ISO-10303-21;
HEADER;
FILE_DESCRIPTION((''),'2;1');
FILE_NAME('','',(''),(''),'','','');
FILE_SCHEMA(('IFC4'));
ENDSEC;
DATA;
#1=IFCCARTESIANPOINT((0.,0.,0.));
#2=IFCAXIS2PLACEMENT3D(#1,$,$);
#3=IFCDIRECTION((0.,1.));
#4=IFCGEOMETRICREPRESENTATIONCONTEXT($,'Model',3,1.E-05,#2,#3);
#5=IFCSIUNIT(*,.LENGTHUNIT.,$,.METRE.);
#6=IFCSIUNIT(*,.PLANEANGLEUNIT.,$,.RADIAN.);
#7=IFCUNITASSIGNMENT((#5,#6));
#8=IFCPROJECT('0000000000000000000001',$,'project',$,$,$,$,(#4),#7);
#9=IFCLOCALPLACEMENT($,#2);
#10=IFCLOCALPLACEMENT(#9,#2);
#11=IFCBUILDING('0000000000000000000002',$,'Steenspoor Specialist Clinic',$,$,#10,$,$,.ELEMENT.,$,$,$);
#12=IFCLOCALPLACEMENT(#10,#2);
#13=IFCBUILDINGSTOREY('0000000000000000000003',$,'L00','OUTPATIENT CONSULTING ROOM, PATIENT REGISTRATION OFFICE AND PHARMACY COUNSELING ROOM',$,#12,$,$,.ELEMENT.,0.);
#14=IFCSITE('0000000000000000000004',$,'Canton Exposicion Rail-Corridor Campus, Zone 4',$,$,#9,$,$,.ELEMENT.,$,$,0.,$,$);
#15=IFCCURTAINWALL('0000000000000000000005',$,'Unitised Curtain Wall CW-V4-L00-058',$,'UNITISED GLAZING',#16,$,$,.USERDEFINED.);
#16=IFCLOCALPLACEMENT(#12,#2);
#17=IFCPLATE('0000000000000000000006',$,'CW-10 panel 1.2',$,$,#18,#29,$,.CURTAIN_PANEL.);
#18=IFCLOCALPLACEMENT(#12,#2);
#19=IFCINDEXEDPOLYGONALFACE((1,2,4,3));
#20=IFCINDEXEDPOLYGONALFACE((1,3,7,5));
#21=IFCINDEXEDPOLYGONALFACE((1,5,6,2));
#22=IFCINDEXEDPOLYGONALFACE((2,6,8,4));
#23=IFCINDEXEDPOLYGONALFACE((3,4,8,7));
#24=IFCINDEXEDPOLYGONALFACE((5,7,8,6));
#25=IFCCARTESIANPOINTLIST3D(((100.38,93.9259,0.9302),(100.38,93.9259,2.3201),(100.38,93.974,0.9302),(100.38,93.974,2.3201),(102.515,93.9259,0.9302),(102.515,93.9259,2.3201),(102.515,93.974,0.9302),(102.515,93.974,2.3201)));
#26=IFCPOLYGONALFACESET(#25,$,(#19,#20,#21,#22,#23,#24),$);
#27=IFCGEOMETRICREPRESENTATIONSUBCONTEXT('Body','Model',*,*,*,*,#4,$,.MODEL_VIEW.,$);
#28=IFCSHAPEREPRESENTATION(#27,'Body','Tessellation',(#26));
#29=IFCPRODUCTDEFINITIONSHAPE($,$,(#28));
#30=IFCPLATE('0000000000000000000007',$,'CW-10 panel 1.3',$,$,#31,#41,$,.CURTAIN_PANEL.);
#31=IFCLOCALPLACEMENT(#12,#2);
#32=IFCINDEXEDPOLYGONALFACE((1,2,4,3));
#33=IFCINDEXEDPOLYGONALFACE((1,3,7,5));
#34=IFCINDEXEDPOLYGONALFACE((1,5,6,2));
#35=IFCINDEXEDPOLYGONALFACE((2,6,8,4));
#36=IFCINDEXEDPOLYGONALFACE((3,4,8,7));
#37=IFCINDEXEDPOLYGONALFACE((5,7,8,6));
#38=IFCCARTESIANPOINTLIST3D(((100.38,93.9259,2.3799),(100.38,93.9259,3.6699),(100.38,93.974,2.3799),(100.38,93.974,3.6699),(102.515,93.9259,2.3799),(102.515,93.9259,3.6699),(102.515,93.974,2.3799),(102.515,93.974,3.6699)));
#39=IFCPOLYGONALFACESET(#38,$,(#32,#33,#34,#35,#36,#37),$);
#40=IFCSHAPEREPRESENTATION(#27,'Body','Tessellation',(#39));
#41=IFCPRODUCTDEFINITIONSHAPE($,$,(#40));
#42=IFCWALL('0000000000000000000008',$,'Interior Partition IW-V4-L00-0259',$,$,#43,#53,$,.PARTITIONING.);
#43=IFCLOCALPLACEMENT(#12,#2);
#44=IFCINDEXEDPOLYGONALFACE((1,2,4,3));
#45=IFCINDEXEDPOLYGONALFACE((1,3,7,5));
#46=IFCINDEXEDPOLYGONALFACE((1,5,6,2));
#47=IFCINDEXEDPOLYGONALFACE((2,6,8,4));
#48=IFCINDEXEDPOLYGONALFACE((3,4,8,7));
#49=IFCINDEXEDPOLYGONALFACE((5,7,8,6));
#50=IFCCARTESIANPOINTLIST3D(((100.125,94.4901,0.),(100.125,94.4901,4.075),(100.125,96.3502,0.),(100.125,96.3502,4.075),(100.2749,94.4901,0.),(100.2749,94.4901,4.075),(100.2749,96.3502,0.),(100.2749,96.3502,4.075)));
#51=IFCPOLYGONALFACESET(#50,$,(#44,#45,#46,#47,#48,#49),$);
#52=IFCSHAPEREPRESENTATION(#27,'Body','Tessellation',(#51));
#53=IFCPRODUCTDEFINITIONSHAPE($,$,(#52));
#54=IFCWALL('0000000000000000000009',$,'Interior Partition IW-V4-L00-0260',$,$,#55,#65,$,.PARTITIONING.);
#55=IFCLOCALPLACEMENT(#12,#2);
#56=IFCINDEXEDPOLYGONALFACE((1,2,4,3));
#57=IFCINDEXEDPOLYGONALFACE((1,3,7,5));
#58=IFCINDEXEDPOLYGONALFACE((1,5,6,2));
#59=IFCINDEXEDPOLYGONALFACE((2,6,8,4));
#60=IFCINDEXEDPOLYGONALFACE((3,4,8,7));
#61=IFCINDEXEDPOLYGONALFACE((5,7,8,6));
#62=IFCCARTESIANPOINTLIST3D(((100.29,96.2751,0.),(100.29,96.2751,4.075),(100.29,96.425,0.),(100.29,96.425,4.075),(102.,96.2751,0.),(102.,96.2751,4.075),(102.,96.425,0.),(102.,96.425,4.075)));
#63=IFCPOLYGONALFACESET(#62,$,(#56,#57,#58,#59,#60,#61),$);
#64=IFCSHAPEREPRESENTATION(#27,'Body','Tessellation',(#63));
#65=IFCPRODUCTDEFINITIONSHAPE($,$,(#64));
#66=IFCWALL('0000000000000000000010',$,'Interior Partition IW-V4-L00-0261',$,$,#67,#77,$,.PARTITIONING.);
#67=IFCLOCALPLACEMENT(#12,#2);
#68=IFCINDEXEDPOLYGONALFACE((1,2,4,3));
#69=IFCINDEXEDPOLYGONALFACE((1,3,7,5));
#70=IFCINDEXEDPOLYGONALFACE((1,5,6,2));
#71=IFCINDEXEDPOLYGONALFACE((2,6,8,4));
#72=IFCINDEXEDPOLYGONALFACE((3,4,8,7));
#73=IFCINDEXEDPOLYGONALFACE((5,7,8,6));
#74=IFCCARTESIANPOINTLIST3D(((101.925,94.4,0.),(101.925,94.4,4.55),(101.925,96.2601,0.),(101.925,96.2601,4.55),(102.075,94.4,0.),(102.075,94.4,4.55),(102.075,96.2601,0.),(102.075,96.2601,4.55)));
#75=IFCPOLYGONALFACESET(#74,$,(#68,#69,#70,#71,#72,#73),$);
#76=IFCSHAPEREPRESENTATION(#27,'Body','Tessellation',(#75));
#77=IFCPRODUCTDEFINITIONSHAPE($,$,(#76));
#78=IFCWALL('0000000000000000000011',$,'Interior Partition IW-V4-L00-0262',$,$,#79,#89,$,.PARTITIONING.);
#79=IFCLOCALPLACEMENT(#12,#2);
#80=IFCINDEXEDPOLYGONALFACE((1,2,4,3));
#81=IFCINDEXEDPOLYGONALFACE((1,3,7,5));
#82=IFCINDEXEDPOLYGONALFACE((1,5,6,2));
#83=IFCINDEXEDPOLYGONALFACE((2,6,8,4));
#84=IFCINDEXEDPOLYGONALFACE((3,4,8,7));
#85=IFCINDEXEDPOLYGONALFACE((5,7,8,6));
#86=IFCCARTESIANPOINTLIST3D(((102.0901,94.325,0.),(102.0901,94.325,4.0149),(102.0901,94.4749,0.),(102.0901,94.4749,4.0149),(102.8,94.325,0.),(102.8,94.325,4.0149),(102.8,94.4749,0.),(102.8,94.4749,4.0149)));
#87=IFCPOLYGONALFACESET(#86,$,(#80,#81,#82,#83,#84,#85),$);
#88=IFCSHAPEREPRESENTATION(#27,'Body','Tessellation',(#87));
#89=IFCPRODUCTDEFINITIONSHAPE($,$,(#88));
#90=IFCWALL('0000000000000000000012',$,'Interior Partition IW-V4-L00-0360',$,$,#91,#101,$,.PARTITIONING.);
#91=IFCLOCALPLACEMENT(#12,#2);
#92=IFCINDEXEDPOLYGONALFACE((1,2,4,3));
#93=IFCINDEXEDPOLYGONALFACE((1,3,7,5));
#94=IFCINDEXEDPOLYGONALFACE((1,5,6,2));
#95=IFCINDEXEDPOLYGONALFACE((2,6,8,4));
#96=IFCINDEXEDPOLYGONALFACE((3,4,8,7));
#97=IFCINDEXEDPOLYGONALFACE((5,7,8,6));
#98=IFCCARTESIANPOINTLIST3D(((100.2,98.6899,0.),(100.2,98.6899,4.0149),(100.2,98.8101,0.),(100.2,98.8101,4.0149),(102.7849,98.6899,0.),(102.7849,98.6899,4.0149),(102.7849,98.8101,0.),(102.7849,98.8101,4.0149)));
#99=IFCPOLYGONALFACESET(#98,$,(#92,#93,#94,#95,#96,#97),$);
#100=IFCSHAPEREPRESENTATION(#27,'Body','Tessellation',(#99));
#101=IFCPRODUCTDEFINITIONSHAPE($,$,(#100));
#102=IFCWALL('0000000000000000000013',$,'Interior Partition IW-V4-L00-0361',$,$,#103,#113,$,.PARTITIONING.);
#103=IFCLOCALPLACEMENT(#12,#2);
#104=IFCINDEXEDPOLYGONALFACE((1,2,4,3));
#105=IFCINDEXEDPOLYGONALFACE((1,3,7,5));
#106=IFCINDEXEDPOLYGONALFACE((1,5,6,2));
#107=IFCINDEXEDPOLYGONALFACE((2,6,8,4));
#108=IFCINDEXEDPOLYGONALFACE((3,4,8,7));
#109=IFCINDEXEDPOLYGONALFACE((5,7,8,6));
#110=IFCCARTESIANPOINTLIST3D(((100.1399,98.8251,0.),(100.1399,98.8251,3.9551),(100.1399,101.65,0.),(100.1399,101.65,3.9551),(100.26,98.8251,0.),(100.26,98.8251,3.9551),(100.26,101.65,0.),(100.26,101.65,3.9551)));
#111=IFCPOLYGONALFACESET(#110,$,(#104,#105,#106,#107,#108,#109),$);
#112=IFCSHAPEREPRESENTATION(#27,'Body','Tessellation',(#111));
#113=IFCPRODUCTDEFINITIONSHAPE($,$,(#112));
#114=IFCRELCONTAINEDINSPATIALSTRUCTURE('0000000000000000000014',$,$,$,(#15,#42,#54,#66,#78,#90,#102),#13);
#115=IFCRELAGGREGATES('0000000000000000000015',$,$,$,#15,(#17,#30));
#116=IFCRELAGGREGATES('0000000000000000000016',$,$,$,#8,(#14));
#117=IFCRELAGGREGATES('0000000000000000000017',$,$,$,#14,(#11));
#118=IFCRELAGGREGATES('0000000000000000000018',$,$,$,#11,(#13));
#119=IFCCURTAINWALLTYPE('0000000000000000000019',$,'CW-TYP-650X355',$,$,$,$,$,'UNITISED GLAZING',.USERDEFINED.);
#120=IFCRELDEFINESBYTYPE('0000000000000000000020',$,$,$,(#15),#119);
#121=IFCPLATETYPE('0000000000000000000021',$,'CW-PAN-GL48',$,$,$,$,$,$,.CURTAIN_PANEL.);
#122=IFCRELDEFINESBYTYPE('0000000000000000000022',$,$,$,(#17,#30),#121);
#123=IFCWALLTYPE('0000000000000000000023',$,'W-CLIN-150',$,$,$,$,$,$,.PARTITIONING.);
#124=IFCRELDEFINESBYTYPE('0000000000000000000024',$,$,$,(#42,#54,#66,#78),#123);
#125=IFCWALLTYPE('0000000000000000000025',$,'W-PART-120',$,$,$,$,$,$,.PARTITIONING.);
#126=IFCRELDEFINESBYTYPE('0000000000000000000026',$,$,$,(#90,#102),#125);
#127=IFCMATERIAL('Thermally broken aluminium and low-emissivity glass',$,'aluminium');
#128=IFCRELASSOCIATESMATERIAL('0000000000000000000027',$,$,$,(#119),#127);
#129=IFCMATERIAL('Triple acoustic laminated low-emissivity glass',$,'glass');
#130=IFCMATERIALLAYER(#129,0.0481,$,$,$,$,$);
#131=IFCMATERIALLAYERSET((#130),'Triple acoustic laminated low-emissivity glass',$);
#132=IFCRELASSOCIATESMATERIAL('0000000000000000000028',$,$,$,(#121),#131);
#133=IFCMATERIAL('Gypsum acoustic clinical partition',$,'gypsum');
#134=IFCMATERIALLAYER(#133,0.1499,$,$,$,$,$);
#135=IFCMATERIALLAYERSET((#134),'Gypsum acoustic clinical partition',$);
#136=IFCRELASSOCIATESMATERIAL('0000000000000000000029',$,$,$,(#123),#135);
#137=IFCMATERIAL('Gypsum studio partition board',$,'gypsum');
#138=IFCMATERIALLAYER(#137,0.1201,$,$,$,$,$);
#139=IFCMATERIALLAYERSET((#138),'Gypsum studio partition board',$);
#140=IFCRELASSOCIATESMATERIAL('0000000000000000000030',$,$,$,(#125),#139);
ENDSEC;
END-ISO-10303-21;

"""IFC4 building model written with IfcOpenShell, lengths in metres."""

from ifc_helpers import new_model, si_unit, direction, frame, frame_2d, origin, origin_2d, place, context, subcontext, project, spatial, rectangle, extrude, material, layer, layer_set, type_object, element, aggregate, save


model = new_model("IFC4")

# Units and contexts
model_context = context("Model", 3, precision=1e-05, world=origin(), true_north=direction((0.0, 1.0)))
body_context = subcontext(model_context, "Body", "Model", "MODEL_VIEW")
ifc_project = project(units=[si_unit("LENGTHUNIT", "METRE"), si_unit("PLANEANGLEUNIT", "RADIAN")], contexts=[model_context])

# Site, building, storey
site_placement = place(None, origin())
site = spatial("IfcSite", under=ifc_project, at=site_placement, Name="Canton Exposicion Rail-Corridor Campus, Zone 4", CompositionType="ELEMENT", RefElevation=0.0)
building_placement = place(site_placement, origin())
building = spatial("IfcBuilding", under=site, at=building_placement, Name="Steenspoor Specialist Clinic", CompositionType="ELEMENT")
storey_placement = place(building_placement, origin())
storey = spatial("IfcBuildingStorey", under=building, at=storey_placement, Name="L00", Description="OUTPATIENT CONSULTING ROOM, PATIENT REGISTRATION OFFICE AND PHARMACY COUNSELING ROOM", CompositionType="ELEMENT", Elevation=0.0)

# Curtain wall, plates
ifc_material_1 = material(Name="Thermally broken aluminium and low-emissivity glass", Category="aluminium")
curtain_wall_type = type_object("IfcCurtainWallType", Name="CW-TYP-650X355", ElementType="UNITISED GLAZING", PredefinedType="USERDEFINED", material=ifc_material_1)
curtain_wall_placement = place(storey_placement, origin())
curtain_wall = element("IfcCurtainWall", 1, at=curtain_wall_placement, inside=storey, type_object=curtain_wall_type, Name="Unitised Curtain Wall CW-V4-L00-058", ObjectType="UNITISED GLAZING", PredefinedType="USERDEFINED")
ifc_material_2 = material(Name="Triple acoustic laminated low-emissivity glass", Category="glass")
ifc_layer_1 = layer(ifc_material_2, 0.0481)
ifc_layer_set_1 = layer_set([ifc_layer_1], Name="Triple acoustic laminated low-emissivity glass")
plate_type = type_object("IfcPlateType", Name="CW-PAN-GL48", PredefinedType="CURTAIN_PANEL", material=ifc_layer_set_1)
plate_1_placement = place(storey_placement, frame((101.4475, 93.95, 0.9302), z_axis=(0.0, 0.0, 1.0), x_axis=(-1.0, 0.0, 0.0)))
plate_1 = element("IfcPlate", 2, at=plate_1_placement, type_object=plate_type, Name="CW-10 panel 1.2", PredefinedType="CURTAIN_PANEL", context=body_context, shape_type="SweptSolid", body=[
    extrude(rectangle(XDim=2.135, YDim=0.0481, at=origin_2d()), origin(), (0.0, 0.0, 1.0), 1.3899),
])
plate_2_placement = place(storey_placement, frame((101.4475, 93.95, 2.3799), z_axis=(0.0, 0.0, 1.0), x_axis=(-1.0, 0.0, 0.0)))
plate_2 = element("IfcPlate", 3, at=plate_2_placement, type_object=plate_type, Name="CW-10 panel 1.3", PredefinedType="CURTAIN_PANEL", context=body_context, shape_type="SweptSolid", body=[
    extrude(rectangle(XDim=2.135, YDim=0.0481, at=origin_2d()), origin(), (0.0, 0.0, 1.0), 1.29),
])
aggregate(curtain_wall, [plate_1, plate_2])

# Walls
ifc_material_3 = material(Name="Gypsum acoustic clinical partition", Category="gypsum")
ifc_layer_2 = layer(ifc_material_3, 0.1499)
ifc_layer_set_2 = layer_set([ifc_layer_2], Name="Gypsum acoustic clinical partition")
wall_type_1 = type_object("IfcWallType", Name="W-CLIN-150", PredefinedType="PARTITIONING", material=ifc_layer_set_2)
wall_1_placement = place(storey_placement, frame((100.2, 94.49, 0.0), z_axis=(0.0, 0.0, 1.0), x_axis=(0.0, 1.0, 0.0)))
element("IfcWall", 4, at=wall_1_placement, inside=storey, type_object=wall_type_1, Name="Interior Partition IW-V4-L00-0259", PredefinedType="PARTITIONING", context=body_context, shape_type="SweptSolid", body=[
    extrude(rectangle(XDim=1.8601, YDim=0.1499, at=frame_2d((0.9302, 0.0))), origin(), (0.0, 0.0, 1.0), 4.075),
])
wall_2_placement = place(storey_placement, frame((100.29, 96.3501, 0.0), z_axis=(0.0, 0.0, 1.0), x_axis=(1.0, 0.0, 0.0)))
element("IfcWall", 5, at=wall_2_placement, inside=storey, type_object=wall_type_1, Name="Interior Partition IW-V4-L00-0260", PredefinedType="PARTITIONING", context=body_context, shape_type="SweptSolid", body=[
    extrude(rectangle(XDim=1.71, YDim=0.1499, at=frame_2d((0.855, 0.0))), origin(), (0.0, 0.0, 1.0), 4.075),
])
wall_3_placement = place(storey_placement, frame((102.0, 94.3999, 0.0), z_axis=(0.0, 0.0, 1.0), x_axis=(0.0, 1.0, 0.0)))
element("IfcWall", 6, at=wall_3_placement, inside=storey, type_object=wall_type_1, Name="Interior Partition IW-V4-L00-0261", PredefinedType="PARTITIONING", context=body_context, shape_type="SweptSolid", body=[
    extrude(rectangle(XDim=1.8601, YDim=0.1499, at=frame_2d((0.9302, 0.0))), origin(), (0.0, 0.0, 1.0), 4.55),
])
wall_4_placement = place(storey_placement, frame((102.0901, 94.3999, 0.0), z_axis=(0.0, 0.0, 1.0), x_axis=(1.0, 0.0, 0.0)))
element("IfcWall", 7, at=wall_4_placement, inside=storey, type_object=wall_type_1, Name="Interior Partition IW-V4-L00-0262", PredefinedType="PARTITIONING", context=body_context, shape_type="SweptSolid", body=[
    extrude(rectangle(XDim=0.71, YDim=0.1499, at=frame_2d((0.355, 0.0))), origin(), (0.0, 0.0, 1.0), 4.0149),
])
ifc_material_4 = material(Name="Gypsum studio partition board", Category="gypsum")
ifc_layer_3 = layer(ifc_material_4, 0.1201)
ifc_layer_set_3 = layer_set([ifc_layer_3], Name="Gypsum studio partition board")
wall_type_2 = type_object("IfcWallType", Name="W-PART-120", PredefinedType="PARTITIONING", material=ifc_layer_set_3)
wall_5_placement = place(storey_placement, frame((100.2, 98.75, 0.0), z_axis=(0.0, 0.0, 1.0), x_axis=(1.0, 0.0, 0.0)))
element("IfcWall", 8, at=wall_5_placement, inside=storey, type_object=wall_type_2, Name="Interior Partition IW-V4-L00-0360", PredefinedType="PARTITIONING", context=body_context, shape_type="SweptSolid", body=[
    extrude(rectangle(XDim=2.585, YDim=0.1201, at=frame_2d((1.2925, 0.0))), origin(), (0.0, 0.0, 1.0), 4.0149),
])
wall_6_placement = place(storey_placement, frame((100.2, 98.825, 0.0), z_axis=(0.0, 0.0, 1.0), x_axis=(0.0, 1.0, 0.0)))
element("IfcWall", 9, at=wall_6_placement, inside=storey, type_object=wall_type_2, Name="Interior Partition IW-V4-L00-0361", PredefinedType="PARTITIONING", context=body_context, shape_type="SweptSolid", body=[
    extrude(rectangle(XDim=2.825, YDim=0.1201, at=frame_2d((1.4126, 0.0))), origin(), (0.0, 0.0, 1.0), 3.9551),
])

save(model, "model.ifc")
